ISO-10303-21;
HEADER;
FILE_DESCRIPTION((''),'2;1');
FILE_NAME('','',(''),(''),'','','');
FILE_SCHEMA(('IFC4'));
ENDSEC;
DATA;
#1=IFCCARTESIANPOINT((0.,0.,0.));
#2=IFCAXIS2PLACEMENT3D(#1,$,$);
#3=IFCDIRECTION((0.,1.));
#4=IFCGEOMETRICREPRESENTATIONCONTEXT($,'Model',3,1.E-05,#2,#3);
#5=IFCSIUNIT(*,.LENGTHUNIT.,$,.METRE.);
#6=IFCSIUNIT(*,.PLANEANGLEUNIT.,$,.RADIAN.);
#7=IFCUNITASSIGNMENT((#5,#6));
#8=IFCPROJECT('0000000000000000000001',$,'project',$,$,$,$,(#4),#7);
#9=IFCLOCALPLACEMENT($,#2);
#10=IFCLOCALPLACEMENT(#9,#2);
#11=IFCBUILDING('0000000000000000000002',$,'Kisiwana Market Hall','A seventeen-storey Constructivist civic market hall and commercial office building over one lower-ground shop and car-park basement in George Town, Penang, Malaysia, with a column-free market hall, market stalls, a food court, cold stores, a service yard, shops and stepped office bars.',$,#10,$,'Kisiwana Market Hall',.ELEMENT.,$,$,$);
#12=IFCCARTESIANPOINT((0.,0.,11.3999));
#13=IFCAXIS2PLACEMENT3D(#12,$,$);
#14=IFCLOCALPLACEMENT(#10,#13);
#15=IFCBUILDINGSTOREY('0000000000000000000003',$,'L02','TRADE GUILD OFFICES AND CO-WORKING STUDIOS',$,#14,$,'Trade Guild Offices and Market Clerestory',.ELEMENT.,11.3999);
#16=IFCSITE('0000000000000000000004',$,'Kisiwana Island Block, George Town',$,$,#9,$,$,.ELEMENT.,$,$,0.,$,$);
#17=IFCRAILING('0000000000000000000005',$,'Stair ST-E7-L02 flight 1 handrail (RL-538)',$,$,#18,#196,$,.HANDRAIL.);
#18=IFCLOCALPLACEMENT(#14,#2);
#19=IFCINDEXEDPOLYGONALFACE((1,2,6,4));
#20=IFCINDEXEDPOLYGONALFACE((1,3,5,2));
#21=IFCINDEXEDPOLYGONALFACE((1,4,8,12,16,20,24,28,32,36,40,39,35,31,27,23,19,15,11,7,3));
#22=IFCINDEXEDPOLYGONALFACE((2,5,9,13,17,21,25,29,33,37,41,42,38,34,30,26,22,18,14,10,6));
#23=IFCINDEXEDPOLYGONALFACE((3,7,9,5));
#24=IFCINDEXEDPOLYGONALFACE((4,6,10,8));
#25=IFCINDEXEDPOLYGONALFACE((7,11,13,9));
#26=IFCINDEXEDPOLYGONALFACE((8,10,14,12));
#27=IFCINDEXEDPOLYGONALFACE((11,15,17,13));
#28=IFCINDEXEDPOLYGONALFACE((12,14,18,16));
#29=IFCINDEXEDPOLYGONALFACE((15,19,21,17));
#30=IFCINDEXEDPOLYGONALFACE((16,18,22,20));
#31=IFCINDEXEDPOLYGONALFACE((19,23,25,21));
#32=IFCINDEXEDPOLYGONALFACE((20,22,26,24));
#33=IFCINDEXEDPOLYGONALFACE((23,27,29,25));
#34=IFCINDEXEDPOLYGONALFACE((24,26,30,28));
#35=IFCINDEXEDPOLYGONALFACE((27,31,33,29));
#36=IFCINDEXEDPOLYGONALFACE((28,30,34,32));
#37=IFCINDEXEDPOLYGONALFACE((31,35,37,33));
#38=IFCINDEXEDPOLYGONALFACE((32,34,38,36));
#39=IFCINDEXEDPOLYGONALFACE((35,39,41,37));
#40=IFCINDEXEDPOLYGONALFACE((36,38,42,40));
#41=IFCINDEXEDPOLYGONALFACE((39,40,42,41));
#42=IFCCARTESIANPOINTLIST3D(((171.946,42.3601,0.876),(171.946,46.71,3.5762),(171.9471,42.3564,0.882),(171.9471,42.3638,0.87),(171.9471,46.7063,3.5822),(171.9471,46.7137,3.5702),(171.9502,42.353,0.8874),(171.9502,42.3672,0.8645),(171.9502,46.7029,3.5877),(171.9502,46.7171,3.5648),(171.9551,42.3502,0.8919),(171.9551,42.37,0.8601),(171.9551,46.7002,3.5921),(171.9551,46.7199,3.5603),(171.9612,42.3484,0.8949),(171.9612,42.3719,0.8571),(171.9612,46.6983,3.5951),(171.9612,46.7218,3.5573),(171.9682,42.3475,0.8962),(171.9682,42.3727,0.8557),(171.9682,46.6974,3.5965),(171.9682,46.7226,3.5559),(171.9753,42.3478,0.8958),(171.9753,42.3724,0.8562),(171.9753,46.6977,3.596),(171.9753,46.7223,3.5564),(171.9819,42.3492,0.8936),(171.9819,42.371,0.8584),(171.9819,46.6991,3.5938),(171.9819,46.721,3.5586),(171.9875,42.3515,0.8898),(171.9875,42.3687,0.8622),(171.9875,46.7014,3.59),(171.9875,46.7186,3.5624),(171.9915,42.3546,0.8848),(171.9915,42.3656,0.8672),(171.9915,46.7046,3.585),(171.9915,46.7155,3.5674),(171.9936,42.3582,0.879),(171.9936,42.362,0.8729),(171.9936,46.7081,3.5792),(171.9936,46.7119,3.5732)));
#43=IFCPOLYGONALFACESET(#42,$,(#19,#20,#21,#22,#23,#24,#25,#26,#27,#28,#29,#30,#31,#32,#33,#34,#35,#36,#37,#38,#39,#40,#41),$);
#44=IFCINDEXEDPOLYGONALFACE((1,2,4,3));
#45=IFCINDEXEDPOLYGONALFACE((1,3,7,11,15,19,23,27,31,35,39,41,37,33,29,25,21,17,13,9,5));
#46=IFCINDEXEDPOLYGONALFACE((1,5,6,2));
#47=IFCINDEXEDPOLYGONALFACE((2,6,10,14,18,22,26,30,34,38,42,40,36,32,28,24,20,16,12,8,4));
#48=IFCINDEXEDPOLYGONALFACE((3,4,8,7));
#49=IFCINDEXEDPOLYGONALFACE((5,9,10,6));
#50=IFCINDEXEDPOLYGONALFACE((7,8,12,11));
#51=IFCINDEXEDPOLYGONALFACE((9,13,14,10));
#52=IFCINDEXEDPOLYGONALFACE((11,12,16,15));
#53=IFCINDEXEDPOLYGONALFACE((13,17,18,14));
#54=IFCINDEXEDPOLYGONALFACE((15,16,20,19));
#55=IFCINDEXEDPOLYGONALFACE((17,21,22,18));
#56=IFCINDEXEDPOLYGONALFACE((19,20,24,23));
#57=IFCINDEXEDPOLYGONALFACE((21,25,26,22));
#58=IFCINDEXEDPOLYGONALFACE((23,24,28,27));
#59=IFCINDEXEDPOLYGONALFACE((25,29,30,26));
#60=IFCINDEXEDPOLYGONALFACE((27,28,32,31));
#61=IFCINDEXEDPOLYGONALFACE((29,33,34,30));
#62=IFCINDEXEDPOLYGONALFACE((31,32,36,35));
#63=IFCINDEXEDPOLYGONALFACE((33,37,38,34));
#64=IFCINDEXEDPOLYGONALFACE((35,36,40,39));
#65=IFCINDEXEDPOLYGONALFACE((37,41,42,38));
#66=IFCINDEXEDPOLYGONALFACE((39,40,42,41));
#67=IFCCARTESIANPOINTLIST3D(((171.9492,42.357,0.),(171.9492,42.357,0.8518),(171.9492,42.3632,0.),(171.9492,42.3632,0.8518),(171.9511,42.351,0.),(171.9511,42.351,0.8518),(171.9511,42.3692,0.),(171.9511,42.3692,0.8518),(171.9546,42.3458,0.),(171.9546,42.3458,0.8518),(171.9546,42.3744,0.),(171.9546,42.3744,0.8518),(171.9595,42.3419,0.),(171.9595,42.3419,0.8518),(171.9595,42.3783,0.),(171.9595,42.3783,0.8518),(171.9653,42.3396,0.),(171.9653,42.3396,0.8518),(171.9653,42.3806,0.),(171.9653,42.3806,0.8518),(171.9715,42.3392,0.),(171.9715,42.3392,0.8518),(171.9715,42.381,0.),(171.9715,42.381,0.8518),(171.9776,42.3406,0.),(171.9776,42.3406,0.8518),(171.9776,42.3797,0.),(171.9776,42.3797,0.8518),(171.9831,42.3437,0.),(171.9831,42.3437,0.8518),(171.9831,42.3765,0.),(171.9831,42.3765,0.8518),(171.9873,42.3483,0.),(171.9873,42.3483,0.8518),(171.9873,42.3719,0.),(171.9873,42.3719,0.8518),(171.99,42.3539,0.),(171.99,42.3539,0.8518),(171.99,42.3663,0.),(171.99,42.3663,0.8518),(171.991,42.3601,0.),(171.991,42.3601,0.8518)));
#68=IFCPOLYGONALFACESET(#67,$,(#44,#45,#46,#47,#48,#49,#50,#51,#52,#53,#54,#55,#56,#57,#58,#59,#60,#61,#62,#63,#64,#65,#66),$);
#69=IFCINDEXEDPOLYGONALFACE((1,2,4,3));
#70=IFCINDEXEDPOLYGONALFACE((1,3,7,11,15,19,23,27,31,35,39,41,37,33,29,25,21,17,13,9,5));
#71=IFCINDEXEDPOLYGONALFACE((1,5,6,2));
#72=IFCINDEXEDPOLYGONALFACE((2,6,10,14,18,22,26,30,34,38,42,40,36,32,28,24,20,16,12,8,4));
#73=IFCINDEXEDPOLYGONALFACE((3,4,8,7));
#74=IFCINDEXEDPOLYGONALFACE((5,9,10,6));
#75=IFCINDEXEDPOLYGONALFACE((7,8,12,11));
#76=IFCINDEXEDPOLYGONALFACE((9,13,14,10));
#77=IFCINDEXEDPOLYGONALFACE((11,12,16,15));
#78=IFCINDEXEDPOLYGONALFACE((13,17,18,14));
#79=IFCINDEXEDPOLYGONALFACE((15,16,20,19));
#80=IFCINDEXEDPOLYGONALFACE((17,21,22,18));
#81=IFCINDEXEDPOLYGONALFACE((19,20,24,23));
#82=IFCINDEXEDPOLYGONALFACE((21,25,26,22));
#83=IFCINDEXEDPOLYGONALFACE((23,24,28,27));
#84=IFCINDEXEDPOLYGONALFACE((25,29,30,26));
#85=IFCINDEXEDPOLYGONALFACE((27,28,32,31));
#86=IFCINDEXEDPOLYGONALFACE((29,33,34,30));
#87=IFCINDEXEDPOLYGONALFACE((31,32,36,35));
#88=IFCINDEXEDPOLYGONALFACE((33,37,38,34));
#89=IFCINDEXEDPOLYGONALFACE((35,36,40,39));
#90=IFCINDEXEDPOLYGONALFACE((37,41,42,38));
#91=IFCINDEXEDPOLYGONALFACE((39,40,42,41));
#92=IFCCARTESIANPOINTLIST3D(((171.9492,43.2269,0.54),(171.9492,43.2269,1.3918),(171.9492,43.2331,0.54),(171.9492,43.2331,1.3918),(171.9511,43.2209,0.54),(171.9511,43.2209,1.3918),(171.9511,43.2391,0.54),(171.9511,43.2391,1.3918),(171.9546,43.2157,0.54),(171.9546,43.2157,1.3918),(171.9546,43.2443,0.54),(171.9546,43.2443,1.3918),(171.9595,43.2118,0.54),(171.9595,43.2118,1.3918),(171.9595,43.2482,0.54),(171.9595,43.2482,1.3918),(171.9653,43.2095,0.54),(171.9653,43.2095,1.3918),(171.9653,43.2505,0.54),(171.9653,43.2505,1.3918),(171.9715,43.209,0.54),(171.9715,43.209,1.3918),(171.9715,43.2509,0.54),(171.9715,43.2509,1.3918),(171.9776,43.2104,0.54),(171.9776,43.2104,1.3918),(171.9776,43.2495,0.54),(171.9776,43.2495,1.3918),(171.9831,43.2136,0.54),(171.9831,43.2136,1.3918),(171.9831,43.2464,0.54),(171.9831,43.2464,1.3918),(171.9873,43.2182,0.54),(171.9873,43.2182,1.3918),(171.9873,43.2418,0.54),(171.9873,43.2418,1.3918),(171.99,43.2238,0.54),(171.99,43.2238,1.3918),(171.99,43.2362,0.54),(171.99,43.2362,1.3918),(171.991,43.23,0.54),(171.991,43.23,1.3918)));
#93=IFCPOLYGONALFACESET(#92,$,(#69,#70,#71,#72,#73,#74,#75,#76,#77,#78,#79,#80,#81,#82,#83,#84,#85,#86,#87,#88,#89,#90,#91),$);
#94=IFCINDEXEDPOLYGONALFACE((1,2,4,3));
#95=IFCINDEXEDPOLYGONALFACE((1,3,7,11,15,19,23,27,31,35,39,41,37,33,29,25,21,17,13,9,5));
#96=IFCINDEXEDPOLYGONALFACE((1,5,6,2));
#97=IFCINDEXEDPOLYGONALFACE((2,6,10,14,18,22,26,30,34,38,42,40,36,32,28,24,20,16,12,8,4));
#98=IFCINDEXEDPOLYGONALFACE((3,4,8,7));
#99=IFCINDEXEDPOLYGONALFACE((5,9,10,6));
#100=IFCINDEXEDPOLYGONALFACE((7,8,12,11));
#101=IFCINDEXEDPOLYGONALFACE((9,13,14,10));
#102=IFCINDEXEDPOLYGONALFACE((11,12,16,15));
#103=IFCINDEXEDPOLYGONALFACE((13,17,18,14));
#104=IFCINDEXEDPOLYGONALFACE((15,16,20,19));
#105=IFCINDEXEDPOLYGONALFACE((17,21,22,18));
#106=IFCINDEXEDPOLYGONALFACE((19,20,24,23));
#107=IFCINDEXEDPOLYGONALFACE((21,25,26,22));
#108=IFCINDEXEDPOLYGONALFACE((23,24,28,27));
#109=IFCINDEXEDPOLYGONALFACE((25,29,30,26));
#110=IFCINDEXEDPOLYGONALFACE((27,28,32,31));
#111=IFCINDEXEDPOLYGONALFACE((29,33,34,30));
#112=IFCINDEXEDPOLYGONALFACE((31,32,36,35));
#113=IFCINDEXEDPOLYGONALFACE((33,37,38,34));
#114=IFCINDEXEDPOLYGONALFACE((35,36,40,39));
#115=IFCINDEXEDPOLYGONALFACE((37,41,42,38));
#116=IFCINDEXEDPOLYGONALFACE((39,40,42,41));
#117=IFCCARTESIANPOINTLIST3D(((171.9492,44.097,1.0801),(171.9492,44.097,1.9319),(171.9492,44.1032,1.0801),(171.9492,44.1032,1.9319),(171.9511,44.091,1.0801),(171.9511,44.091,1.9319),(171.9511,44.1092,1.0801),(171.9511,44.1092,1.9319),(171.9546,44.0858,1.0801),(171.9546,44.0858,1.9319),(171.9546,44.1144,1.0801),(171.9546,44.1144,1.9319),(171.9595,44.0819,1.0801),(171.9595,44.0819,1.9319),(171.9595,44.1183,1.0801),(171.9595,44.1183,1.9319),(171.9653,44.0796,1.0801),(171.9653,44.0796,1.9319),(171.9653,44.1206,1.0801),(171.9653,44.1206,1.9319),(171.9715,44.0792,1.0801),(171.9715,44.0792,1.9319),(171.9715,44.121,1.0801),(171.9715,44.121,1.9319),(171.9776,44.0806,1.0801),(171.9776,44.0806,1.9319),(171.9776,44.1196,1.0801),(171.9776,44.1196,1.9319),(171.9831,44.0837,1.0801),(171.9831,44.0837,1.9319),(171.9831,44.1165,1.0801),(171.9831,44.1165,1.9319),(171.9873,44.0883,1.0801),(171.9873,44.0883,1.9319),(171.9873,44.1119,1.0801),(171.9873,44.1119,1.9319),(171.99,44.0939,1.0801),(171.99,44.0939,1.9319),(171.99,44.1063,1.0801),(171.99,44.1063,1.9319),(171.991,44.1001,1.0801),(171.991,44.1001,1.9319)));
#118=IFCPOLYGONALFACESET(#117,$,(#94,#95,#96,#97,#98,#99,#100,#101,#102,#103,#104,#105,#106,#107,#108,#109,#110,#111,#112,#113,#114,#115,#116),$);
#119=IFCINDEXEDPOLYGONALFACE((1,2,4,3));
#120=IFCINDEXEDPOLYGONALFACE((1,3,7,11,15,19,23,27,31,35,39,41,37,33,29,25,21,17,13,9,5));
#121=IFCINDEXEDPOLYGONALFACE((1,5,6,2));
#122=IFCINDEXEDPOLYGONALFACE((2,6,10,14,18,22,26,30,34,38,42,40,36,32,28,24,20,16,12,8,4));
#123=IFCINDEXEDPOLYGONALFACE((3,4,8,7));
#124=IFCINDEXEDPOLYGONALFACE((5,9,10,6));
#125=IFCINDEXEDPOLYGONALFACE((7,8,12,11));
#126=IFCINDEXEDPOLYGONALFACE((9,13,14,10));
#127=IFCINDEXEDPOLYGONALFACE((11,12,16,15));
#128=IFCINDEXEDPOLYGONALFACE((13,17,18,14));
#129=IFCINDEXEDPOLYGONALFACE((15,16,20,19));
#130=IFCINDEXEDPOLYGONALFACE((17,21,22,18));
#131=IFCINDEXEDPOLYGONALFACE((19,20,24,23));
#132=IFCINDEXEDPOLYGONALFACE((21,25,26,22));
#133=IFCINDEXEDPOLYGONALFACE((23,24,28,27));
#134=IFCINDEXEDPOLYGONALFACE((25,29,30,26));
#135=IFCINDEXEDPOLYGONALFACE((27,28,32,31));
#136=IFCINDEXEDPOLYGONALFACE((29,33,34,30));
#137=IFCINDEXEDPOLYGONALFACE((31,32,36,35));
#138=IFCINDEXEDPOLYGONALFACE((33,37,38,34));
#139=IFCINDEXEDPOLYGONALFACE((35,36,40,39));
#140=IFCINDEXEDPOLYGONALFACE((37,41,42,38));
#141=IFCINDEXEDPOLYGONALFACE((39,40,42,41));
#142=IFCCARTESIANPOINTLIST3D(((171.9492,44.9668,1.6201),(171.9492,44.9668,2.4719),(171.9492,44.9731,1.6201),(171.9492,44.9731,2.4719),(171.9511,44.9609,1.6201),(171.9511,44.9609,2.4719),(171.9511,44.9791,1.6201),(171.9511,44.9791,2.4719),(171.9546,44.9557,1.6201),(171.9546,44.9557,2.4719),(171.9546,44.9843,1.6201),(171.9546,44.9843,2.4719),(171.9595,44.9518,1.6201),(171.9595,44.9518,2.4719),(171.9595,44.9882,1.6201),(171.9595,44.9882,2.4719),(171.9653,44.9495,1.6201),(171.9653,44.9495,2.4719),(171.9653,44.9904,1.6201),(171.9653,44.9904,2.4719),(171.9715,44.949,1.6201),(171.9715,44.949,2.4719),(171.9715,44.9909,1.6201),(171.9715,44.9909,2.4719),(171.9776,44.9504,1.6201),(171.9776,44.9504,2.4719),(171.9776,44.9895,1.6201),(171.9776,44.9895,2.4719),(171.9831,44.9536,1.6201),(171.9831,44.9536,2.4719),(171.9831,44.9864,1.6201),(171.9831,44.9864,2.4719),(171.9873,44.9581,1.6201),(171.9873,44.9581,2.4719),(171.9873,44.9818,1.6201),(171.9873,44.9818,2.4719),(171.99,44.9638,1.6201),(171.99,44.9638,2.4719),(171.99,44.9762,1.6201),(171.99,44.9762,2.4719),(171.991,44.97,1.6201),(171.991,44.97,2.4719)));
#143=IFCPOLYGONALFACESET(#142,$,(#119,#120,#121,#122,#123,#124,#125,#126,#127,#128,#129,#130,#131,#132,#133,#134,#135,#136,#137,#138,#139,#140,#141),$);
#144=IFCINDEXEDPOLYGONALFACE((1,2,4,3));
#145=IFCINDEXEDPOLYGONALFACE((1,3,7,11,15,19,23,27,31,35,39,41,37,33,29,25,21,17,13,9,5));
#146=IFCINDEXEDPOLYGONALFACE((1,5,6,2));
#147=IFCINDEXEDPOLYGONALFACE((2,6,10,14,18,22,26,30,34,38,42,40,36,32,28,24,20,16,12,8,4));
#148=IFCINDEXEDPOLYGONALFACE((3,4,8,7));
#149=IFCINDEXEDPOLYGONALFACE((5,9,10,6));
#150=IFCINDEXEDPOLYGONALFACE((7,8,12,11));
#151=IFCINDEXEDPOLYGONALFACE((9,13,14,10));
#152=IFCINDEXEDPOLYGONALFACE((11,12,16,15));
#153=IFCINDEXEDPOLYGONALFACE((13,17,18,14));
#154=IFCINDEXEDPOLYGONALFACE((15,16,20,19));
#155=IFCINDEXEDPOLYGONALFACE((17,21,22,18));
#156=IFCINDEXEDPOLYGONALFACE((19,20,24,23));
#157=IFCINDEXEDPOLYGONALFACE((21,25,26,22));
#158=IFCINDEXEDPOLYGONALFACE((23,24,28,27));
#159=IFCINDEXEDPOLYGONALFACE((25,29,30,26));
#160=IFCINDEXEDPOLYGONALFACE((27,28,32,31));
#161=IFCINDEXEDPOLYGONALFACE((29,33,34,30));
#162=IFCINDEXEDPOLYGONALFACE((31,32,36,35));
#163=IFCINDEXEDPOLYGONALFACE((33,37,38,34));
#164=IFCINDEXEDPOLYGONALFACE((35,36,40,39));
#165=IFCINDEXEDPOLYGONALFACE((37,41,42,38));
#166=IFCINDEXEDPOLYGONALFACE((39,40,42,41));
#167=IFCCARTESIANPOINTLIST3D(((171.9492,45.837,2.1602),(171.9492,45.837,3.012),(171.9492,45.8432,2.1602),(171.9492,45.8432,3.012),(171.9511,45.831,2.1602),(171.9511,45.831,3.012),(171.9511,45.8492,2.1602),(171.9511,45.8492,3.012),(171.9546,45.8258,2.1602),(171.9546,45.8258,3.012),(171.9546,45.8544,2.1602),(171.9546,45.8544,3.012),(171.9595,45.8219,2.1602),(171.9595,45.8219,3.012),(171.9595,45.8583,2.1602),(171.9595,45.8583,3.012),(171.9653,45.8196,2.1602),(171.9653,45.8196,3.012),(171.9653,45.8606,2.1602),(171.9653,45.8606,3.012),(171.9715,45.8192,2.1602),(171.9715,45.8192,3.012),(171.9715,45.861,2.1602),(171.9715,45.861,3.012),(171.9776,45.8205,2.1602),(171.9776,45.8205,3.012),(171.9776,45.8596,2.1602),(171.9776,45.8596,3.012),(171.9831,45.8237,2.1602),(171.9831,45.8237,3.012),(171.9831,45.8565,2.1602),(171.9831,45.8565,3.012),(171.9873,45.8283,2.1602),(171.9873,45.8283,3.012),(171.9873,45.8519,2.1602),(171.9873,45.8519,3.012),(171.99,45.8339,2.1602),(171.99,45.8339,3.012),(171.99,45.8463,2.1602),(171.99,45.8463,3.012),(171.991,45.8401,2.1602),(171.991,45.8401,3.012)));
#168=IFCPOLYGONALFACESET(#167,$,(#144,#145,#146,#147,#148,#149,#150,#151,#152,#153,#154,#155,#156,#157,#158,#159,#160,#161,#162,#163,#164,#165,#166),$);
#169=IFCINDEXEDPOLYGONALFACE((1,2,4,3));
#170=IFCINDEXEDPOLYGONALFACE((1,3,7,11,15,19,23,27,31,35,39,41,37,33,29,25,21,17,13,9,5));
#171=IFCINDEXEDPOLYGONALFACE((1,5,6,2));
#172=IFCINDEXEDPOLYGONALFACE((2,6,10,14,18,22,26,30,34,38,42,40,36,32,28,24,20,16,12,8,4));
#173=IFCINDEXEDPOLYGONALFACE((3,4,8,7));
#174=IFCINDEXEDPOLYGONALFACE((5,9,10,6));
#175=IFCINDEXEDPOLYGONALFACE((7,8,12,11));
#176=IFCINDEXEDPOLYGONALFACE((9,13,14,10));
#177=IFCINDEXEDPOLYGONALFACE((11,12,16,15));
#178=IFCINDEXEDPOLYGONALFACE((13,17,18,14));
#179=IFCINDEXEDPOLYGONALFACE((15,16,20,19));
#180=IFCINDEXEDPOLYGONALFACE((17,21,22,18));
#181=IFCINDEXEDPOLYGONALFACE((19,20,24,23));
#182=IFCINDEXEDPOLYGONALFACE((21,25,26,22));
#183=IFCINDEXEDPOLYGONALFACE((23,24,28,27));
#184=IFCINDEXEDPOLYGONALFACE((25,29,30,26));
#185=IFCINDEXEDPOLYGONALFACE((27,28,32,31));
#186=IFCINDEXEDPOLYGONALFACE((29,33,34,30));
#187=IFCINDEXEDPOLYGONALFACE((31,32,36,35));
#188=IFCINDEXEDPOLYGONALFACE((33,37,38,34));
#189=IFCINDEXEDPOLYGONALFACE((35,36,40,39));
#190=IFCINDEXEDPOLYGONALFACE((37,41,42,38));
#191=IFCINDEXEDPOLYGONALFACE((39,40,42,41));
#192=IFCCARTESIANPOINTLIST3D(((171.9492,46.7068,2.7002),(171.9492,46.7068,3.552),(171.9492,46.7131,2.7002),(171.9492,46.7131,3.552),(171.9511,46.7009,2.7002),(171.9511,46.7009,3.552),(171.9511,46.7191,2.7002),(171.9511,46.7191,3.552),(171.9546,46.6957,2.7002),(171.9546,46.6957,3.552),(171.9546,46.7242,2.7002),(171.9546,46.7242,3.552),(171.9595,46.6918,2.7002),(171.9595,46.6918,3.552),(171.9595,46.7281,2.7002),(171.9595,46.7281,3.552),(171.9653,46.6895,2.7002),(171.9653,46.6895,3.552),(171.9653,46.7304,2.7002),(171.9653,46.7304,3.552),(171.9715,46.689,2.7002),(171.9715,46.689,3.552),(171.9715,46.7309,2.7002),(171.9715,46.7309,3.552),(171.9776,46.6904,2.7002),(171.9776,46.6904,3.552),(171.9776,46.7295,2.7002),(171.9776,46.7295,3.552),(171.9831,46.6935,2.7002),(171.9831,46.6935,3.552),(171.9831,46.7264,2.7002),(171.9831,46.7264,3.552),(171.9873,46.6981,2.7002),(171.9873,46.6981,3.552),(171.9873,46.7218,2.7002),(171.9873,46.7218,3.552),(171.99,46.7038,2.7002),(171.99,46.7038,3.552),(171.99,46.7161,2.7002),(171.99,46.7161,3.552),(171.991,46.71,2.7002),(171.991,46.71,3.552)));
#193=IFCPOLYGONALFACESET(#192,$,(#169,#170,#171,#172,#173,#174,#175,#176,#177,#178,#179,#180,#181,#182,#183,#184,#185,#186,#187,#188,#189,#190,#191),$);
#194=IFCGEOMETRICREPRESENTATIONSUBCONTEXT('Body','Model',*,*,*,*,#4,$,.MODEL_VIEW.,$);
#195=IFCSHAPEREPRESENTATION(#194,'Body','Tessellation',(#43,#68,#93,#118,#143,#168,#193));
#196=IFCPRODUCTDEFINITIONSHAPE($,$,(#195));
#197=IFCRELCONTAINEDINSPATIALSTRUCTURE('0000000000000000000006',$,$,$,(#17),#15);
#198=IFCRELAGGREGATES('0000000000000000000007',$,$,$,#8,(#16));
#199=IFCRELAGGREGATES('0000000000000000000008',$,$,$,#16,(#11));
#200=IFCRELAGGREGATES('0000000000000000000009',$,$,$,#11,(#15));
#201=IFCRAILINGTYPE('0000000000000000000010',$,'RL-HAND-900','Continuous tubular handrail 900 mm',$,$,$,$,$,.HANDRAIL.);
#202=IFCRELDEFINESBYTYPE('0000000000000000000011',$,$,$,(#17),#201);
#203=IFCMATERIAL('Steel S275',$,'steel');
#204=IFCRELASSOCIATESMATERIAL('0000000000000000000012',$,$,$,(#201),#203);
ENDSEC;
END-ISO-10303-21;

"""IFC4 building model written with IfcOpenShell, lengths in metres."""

from ifc_helpers import new_model, si_unit, direction, frame, origin, origin_2d, place, context, subcontext, project, spatial, circle, extrude, material, type_object, element, save


model = new_model("IFC4")

# Units and contexts
model_context = context("Model", 3, precision=1e-05, world=origin(), true_north=direction((0.0, 1.0)))
body_context = subcontext(model_context, "Body", "Model", "MODEL_VIEW")
ifc_project = project(units=[si_unit("LENGTHUNIT", "METRE"), si_unit("PLANEANGLEUNIT", "RADIAN")], contexts=[model_context])

# Site, building, storey
site_placement = place(None, origin())
site = spatial("IfcSite", under=ifc_project, at=site_placement, Name="Kisiwana Island Block, George Town", CompositionType="ELEMENT", RefElevation=0.0)
building_placement = place(site_placement, origin())
building = spatial("IfcBuilding", under=site, at=building_placement, Name="Kisiwana Market Hall", Description="A seventeen-storey Constructivist civic market hall and commercial office building over one lower-ground shop and car-park basement in George Town, Penang, Malaysia, with a column-free market hall, market stalls, a food court, cold stores, a service yard, shops and stepped office bars.", LongName="Kisiwana Market Hall", CompositionType="ELEMENT")
storey_placement = place(building_placement, frame((0.0, 0.0, 11.3999)))
storey = spatial("IfcBuildingStorey", under=building, at=storey_placement, Name="L02", Description="TRADE GUILD OFFICES AND CO-WORKING STUDIOS", LongName="Trade Guild Offices and Market Clerestory", CompositionType="ELEMENT", Elevation=11.3999)

# Railing
ifc_material_1 = material(Name="Steel S275", Category="steel")
railing_type_1 = type_object("IfcRailingType", Name="RL-HAND-900", Description="Continuous tubular handrail 900 mm", PredefinedType="HANDRAIL", material=ifc_material_1)
railing_1_placement = place(storey_placement, frame((171.97, 42.3601, 0.0)))
element("IfcRailing", 1, at=railing_1_placement, inside=storey, type_object=railing_type_1, Name="Stair ST-E7-L02 flight 1 handrail (RL-538)", PredefinedType="HANDRAIL", context=body_context, shape_type="SweptSolid", body=[
    extrude(circle(Radius=0.0239, at=origin_2d()), frame((0.0, 0.0, 0.876), z_axis=(0.0, 0.849615, 0.527403), x_axis=(-1.0, 0.0, 0.0)), (0.0, 0.0, 1.0), 5.1199),
    extrude(circle(Radius=0.021, at=origin_2d()), origin(), (0.0, 0.0, 1.0), 0.8518),
    extrude(circle(Radius=0.021, at=origin_2d()), frame((0.0, 0.8699, 0.54)), (0.0, 0.0, 1.0), 0.8518),
    extrude(circle(Radius=0.021, at=origin_2d()), frame((0.0, 1.74, 1.0801)), (0.0, 0.0, 1.0), 0.8518),
    extrude(circle(Radius=0.021, at=origin_2d()), frame((0.0, 2.6099, 1.6201)), (0.0, 0.0, 1.0), 0.8518),
    extrude(circle(Radius=0.021, at=origin_2d()), frame((0.0, 3.48, 2.1602)), (0.0, 0.0, 1.0), 0.8518),
    extrude(circle(Radius=0.021, at=origin_2d()), frame((0.0, 4.3499, 2.7002)), (0.0, 0.0, 1.0), 0.8518),
])

save(model, "model.ifc")
